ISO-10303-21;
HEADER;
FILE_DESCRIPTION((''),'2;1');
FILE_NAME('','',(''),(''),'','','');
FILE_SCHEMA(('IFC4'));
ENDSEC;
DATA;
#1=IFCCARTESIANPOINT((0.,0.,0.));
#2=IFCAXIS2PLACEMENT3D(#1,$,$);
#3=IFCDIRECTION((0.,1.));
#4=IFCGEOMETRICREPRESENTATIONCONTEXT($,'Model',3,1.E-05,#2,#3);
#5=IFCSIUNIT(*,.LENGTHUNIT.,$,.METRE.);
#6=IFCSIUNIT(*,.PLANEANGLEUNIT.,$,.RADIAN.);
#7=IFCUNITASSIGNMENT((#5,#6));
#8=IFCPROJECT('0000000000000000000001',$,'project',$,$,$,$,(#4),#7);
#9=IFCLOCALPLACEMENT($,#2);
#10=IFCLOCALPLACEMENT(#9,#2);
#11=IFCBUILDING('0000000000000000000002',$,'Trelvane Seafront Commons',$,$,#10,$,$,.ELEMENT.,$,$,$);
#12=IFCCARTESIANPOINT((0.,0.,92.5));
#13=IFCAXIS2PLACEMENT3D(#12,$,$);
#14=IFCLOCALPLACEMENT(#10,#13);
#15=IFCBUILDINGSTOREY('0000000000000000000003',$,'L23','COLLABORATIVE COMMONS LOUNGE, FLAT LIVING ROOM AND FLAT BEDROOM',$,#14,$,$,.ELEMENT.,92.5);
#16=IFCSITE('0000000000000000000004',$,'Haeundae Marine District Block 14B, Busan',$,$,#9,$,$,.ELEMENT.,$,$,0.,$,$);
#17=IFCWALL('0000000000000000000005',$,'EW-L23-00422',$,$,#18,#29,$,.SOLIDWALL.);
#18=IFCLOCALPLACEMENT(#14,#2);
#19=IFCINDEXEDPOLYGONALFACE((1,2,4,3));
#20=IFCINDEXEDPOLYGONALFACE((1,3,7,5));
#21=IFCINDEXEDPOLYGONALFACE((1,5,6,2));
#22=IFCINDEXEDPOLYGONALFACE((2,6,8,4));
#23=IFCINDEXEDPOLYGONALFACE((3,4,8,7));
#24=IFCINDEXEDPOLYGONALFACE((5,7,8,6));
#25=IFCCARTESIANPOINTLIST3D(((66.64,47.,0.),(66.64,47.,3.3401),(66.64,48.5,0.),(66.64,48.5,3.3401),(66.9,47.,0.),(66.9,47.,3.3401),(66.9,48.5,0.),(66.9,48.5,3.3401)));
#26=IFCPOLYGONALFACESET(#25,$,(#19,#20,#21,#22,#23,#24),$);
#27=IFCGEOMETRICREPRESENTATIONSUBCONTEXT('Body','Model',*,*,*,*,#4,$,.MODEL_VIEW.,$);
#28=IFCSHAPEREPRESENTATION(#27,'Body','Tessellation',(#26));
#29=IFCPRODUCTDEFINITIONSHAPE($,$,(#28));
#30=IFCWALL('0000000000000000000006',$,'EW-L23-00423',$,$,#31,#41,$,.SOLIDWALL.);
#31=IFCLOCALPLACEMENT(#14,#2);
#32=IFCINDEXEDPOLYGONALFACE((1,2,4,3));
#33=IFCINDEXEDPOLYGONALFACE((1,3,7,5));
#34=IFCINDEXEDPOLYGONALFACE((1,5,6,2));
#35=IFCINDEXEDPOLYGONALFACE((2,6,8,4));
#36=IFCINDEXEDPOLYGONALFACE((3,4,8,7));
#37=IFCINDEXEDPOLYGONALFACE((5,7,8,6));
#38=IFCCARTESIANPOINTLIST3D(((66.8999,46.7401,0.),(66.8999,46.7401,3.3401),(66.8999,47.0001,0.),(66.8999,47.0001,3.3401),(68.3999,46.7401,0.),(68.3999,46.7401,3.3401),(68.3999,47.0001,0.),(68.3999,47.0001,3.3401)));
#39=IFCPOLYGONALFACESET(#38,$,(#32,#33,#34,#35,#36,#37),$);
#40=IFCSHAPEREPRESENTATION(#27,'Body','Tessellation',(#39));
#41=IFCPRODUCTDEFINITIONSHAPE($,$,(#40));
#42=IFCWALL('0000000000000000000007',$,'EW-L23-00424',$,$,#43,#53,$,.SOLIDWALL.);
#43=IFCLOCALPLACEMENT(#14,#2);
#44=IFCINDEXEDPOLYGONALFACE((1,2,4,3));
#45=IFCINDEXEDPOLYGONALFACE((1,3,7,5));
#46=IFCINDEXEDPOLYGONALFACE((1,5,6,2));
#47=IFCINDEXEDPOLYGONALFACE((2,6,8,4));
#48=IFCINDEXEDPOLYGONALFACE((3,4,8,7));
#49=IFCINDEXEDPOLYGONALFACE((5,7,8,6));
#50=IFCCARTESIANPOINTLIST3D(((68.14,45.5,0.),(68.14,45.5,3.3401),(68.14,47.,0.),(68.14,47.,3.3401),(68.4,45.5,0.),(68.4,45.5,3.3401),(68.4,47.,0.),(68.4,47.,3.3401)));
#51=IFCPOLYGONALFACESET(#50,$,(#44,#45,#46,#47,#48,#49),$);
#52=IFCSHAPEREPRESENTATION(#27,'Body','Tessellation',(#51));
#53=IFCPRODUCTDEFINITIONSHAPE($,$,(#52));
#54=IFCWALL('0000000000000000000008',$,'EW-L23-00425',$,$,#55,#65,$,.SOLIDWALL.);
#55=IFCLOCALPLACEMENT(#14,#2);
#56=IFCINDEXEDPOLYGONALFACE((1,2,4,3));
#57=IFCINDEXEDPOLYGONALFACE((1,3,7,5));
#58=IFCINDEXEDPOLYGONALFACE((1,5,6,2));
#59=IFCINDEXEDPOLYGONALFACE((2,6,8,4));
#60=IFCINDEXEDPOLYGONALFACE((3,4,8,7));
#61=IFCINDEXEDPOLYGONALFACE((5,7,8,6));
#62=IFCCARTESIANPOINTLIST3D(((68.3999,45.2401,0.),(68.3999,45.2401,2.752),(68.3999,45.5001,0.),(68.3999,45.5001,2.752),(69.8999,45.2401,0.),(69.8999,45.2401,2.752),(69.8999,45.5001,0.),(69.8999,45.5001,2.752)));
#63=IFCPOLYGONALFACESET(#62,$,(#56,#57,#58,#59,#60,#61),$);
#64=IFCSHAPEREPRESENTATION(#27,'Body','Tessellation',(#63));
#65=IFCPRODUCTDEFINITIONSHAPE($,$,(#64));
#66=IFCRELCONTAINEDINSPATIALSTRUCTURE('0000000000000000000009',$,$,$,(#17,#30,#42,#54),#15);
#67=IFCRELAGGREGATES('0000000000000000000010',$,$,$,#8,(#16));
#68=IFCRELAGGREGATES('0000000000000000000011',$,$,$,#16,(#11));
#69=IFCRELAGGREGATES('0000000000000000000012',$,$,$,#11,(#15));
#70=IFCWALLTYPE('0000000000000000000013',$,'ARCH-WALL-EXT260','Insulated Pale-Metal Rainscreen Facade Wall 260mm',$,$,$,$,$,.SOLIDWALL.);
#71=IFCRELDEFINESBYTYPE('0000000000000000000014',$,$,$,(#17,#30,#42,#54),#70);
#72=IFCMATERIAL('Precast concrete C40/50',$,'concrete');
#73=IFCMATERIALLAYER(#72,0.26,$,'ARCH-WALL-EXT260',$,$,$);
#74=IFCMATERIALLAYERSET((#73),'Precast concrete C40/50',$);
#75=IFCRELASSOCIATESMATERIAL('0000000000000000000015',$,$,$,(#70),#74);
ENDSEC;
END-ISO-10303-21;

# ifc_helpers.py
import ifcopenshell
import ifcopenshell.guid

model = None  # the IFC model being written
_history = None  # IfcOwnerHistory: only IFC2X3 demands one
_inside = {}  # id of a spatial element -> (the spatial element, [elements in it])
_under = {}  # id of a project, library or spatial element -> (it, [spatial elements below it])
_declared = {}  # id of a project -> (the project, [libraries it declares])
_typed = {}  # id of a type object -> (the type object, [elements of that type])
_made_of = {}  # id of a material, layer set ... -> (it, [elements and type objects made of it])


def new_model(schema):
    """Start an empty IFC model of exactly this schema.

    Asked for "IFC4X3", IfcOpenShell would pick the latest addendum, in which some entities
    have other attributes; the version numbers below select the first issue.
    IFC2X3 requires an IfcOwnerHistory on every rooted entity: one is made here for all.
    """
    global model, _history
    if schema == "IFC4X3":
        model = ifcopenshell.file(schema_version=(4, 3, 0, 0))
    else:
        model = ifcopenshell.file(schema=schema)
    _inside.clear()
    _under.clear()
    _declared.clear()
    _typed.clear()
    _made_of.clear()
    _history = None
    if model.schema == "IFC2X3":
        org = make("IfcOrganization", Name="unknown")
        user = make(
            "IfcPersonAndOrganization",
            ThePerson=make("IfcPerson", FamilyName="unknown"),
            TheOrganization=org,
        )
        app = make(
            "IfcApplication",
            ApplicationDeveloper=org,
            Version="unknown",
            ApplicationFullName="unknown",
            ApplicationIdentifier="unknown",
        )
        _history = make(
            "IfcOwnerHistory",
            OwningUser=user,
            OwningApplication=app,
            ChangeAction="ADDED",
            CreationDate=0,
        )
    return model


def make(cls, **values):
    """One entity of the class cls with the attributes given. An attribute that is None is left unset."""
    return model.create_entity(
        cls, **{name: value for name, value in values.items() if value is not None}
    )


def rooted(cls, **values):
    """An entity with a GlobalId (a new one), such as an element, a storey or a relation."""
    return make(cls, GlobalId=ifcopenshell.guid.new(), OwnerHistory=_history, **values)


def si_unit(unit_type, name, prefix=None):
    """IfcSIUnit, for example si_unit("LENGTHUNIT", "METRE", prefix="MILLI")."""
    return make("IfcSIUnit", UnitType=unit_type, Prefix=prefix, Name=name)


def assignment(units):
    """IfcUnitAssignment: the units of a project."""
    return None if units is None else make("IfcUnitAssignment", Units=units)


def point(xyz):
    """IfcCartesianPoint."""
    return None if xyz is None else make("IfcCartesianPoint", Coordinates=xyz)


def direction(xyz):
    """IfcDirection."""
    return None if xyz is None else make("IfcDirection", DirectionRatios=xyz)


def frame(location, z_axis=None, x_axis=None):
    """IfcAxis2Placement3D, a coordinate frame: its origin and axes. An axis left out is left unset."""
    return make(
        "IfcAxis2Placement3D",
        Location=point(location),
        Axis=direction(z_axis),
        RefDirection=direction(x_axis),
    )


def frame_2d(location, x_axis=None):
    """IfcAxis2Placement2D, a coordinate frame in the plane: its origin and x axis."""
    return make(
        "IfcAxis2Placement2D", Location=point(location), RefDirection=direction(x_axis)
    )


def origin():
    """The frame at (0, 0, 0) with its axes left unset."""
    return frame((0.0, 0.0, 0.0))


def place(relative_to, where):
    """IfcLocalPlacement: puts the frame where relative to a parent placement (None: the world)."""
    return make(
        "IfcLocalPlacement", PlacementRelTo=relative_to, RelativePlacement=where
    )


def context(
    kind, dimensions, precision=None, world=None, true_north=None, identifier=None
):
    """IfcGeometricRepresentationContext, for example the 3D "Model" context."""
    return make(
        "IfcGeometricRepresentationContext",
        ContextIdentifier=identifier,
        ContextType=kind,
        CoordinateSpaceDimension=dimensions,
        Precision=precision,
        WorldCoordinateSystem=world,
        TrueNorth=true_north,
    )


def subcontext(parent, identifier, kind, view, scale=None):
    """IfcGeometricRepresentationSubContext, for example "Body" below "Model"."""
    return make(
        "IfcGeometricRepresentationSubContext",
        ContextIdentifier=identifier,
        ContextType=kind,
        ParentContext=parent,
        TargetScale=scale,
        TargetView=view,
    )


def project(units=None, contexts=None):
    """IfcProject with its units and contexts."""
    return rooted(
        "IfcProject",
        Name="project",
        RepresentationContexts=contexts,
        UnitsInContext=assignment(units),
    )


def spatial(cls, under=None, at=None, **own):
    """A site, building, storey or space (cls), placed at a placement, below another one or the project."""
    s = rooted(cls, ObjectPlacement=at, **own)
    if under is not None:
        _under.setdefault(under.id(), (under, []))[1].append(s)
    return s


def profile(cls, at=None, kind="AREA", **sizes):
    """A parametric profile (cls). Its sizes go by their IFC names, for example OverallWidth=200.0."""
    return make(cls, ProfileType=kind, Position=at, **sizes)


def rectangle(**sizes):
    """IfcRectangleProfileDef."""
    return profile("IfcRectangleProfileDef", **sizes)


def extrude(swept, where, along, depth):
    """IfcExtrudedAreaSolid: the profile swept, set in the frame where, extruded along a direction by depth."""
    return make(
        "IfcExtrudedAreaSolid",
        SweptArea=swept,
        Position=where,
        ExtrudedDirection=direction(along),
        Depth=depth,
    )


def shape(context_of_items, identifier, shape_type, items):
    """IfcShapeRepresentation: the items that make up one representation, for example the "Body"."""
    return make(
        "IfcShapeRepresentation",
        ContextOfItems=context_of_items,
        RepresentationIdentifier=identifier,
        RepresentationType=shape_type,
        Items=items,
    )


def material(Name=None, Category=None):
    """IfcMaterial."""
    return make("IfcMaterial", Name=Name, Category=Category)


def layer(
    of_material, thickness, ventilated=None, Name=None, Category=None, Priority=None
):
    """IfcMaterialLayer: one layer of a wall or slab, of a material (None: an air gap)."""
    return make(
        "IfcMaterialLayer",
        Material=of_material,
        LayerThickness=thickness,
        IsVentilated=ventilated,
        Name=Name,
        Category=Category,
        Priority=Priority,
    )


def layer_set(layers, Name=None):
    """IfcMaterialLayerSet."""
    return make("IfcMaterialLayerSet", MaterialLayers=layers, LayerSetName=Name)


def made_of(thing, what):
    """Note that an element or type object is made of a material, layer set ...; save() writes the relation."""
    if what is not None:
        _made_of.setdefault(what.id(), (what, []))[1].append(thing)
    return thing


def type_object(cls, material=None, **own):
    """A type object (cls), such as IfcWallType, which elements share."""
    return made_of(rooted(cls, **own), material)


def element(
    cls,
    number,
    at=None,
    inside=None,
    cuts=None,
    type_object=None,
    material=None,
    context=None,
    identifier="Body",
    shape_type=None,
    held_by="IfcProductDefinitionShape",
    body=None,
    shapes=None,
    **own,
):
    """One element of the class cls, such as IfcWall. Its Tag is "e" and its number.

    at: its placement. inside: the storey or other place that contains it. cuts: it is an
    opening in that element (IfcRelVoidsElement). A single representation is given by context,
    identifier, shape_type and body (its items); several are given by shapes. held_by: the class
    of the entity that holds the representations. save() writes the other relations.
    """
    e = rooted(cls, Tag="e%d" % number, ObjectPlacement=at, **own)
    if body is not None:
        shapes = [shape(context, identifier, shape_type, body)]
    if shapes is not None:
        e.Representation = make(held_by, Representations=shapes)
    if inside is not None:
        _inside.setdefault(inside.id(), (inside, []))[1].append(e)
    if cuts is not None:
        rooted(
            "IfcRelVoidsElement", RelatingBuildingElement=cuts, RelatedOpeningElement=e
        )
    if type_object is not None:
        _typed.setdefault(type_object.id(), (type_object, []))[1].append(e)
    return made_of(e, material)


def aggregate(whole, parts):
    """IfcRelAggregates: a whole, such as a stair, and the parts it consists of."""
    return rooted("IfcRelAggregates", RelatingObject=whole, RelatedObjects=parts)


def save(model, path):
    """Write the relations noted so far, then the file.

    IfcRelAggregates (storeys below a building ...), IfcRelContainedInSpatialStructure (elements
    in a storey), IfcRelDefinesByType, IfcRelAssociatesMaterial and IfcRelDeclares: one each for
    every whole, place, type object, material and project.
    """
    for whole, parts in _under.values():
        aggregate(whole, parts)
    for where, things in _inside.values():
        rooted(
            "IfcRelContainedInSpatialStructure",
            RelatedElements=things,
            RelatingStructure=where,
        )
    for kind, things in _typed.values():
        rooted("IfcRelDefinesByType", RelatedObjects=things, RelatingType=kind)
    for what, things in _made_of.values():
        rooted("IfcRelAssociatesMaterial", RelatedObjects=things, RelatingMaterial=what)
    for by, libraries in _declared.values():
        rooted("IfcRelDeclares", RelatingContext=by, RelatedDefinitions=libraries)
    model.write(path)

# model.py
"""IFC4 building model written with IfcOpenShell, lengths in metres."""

from ifc_helpers import new_model, si_unit, direction, frame, frame_2d, origin, place, context, subcontext, project, spatial, rectangle, extrude, material, layer, layer_set, type_object, element, save


model = new_model("IFC4")

# Units and contexts
model_context = context("Model", 3, precision=1e-05, world=origin(), true_north=direction((0.0, 1.0)))
body_context = subcontext(model_context, "Body", "Model", "MODEL_VIEW")
ifc_project = project(units=[si_unit("LENGTHUNIT", "METRE"), si_unit("PLANEANGLEUNIT", "RADIAN")], contexts=[model_context])

# Site, building, storey
site_placement = place(None, origin())
site = spatial("IfcSite", under=ifc_project, at=site_placement, Name="Haeundae Marine District Block 14B, Busan", CompositionType="ELEMENT", RefElevation=0.0)
building_placement = place(site_placement, origin())
building = spatial("IfcBuilding", under=site, at=building_placement, Name="Trelvane Seafront Commons", CompositionType="ELEMENT")
storey_placement = place(building_placement, frame((0.0, 0.0, 92.5)))
storey = spatial("IfcBuildingStorey", under=building, at=storey_placement, Name="L23", Description="COLLABORATIVE COMMONS LOUNGE, FLAT LIVING ROOM AND FLAT BEDROOM", CompositionType="ELEMENT", Elevation=92.5)

# Shared definitions
ifc_material_1 = material(Name="Precast concrete C40/50", Category="concrete")
ifc_layer_1 = layer(ifc_material_1, 0.26, Name="ARCH-WALL-EXT260")
ifc_layer_set_1 = layer_set([ifc_layer_1], Name="Precast concrete C40/50")
wall_type = type_object("IfcWallType", Name="ARCH-WALL-EXT260", Description="Insulated Pale-Metal Rainscreen Facade Wall 260mm", PredefinedType="SOLIDWALL", material=ifc_layer_set_1)

# Walls
for number, where, z_axis, x_axis, name in (
    (1, (66.77, 48.5, 0.0), (0.0, 0.0, 1.0), (0.0, -1.0, 0.0), "EW-L23-00422"),
    (2, (66.8999, 46.8701, 0.0), (0.0, 0.0, 1.0), (1.0, 0.0, 0.0), "EW-L23-00423"),
    (3, (68.27, 47.0, 0.0), (0.0, 0.0, 1.0), (0.0, -1.0, 0.0), "EW-L23-00424"),
):
    element("IfcWall", number, at=place(storey_placement, frame(where, z_axis=z_axis, x_axis=x_axis)), inside=storey, type_object=wall_type, Name=name, PredefinedType="SOLIDWALL", context=body_context, shape_type="SweptSolid", body=[
        extrude(rectangle(XDim=1.5, YDim=0.26, at=frame_2d((0.75, 0.0))), origin(), (0.0, 0.0, 1.0), 3.3401),
    ])
wall_1_placement = place(storey_placement, frame((68.3999, 45.3701, 0.0), z_axis=(0.0, 0.0, 1.0), x_axis=(1.0, 0.0, 0.0)))
element("IfcWall", 4, at=wall_1_placement, inside=storey, type_object=wall_type, Name="EW-L23-00425", PredefinedType="SOLIDWALL", context=body_context, shape_type="SweptSolid", body=[
    extrude(rectangle(XDim=1.5, YDim=0.26, at=frame_2d((0.75, 0.0))), origin(), (0.0, 0.0, 1.0), 2.752),
])

save(model, "model.ifc")
